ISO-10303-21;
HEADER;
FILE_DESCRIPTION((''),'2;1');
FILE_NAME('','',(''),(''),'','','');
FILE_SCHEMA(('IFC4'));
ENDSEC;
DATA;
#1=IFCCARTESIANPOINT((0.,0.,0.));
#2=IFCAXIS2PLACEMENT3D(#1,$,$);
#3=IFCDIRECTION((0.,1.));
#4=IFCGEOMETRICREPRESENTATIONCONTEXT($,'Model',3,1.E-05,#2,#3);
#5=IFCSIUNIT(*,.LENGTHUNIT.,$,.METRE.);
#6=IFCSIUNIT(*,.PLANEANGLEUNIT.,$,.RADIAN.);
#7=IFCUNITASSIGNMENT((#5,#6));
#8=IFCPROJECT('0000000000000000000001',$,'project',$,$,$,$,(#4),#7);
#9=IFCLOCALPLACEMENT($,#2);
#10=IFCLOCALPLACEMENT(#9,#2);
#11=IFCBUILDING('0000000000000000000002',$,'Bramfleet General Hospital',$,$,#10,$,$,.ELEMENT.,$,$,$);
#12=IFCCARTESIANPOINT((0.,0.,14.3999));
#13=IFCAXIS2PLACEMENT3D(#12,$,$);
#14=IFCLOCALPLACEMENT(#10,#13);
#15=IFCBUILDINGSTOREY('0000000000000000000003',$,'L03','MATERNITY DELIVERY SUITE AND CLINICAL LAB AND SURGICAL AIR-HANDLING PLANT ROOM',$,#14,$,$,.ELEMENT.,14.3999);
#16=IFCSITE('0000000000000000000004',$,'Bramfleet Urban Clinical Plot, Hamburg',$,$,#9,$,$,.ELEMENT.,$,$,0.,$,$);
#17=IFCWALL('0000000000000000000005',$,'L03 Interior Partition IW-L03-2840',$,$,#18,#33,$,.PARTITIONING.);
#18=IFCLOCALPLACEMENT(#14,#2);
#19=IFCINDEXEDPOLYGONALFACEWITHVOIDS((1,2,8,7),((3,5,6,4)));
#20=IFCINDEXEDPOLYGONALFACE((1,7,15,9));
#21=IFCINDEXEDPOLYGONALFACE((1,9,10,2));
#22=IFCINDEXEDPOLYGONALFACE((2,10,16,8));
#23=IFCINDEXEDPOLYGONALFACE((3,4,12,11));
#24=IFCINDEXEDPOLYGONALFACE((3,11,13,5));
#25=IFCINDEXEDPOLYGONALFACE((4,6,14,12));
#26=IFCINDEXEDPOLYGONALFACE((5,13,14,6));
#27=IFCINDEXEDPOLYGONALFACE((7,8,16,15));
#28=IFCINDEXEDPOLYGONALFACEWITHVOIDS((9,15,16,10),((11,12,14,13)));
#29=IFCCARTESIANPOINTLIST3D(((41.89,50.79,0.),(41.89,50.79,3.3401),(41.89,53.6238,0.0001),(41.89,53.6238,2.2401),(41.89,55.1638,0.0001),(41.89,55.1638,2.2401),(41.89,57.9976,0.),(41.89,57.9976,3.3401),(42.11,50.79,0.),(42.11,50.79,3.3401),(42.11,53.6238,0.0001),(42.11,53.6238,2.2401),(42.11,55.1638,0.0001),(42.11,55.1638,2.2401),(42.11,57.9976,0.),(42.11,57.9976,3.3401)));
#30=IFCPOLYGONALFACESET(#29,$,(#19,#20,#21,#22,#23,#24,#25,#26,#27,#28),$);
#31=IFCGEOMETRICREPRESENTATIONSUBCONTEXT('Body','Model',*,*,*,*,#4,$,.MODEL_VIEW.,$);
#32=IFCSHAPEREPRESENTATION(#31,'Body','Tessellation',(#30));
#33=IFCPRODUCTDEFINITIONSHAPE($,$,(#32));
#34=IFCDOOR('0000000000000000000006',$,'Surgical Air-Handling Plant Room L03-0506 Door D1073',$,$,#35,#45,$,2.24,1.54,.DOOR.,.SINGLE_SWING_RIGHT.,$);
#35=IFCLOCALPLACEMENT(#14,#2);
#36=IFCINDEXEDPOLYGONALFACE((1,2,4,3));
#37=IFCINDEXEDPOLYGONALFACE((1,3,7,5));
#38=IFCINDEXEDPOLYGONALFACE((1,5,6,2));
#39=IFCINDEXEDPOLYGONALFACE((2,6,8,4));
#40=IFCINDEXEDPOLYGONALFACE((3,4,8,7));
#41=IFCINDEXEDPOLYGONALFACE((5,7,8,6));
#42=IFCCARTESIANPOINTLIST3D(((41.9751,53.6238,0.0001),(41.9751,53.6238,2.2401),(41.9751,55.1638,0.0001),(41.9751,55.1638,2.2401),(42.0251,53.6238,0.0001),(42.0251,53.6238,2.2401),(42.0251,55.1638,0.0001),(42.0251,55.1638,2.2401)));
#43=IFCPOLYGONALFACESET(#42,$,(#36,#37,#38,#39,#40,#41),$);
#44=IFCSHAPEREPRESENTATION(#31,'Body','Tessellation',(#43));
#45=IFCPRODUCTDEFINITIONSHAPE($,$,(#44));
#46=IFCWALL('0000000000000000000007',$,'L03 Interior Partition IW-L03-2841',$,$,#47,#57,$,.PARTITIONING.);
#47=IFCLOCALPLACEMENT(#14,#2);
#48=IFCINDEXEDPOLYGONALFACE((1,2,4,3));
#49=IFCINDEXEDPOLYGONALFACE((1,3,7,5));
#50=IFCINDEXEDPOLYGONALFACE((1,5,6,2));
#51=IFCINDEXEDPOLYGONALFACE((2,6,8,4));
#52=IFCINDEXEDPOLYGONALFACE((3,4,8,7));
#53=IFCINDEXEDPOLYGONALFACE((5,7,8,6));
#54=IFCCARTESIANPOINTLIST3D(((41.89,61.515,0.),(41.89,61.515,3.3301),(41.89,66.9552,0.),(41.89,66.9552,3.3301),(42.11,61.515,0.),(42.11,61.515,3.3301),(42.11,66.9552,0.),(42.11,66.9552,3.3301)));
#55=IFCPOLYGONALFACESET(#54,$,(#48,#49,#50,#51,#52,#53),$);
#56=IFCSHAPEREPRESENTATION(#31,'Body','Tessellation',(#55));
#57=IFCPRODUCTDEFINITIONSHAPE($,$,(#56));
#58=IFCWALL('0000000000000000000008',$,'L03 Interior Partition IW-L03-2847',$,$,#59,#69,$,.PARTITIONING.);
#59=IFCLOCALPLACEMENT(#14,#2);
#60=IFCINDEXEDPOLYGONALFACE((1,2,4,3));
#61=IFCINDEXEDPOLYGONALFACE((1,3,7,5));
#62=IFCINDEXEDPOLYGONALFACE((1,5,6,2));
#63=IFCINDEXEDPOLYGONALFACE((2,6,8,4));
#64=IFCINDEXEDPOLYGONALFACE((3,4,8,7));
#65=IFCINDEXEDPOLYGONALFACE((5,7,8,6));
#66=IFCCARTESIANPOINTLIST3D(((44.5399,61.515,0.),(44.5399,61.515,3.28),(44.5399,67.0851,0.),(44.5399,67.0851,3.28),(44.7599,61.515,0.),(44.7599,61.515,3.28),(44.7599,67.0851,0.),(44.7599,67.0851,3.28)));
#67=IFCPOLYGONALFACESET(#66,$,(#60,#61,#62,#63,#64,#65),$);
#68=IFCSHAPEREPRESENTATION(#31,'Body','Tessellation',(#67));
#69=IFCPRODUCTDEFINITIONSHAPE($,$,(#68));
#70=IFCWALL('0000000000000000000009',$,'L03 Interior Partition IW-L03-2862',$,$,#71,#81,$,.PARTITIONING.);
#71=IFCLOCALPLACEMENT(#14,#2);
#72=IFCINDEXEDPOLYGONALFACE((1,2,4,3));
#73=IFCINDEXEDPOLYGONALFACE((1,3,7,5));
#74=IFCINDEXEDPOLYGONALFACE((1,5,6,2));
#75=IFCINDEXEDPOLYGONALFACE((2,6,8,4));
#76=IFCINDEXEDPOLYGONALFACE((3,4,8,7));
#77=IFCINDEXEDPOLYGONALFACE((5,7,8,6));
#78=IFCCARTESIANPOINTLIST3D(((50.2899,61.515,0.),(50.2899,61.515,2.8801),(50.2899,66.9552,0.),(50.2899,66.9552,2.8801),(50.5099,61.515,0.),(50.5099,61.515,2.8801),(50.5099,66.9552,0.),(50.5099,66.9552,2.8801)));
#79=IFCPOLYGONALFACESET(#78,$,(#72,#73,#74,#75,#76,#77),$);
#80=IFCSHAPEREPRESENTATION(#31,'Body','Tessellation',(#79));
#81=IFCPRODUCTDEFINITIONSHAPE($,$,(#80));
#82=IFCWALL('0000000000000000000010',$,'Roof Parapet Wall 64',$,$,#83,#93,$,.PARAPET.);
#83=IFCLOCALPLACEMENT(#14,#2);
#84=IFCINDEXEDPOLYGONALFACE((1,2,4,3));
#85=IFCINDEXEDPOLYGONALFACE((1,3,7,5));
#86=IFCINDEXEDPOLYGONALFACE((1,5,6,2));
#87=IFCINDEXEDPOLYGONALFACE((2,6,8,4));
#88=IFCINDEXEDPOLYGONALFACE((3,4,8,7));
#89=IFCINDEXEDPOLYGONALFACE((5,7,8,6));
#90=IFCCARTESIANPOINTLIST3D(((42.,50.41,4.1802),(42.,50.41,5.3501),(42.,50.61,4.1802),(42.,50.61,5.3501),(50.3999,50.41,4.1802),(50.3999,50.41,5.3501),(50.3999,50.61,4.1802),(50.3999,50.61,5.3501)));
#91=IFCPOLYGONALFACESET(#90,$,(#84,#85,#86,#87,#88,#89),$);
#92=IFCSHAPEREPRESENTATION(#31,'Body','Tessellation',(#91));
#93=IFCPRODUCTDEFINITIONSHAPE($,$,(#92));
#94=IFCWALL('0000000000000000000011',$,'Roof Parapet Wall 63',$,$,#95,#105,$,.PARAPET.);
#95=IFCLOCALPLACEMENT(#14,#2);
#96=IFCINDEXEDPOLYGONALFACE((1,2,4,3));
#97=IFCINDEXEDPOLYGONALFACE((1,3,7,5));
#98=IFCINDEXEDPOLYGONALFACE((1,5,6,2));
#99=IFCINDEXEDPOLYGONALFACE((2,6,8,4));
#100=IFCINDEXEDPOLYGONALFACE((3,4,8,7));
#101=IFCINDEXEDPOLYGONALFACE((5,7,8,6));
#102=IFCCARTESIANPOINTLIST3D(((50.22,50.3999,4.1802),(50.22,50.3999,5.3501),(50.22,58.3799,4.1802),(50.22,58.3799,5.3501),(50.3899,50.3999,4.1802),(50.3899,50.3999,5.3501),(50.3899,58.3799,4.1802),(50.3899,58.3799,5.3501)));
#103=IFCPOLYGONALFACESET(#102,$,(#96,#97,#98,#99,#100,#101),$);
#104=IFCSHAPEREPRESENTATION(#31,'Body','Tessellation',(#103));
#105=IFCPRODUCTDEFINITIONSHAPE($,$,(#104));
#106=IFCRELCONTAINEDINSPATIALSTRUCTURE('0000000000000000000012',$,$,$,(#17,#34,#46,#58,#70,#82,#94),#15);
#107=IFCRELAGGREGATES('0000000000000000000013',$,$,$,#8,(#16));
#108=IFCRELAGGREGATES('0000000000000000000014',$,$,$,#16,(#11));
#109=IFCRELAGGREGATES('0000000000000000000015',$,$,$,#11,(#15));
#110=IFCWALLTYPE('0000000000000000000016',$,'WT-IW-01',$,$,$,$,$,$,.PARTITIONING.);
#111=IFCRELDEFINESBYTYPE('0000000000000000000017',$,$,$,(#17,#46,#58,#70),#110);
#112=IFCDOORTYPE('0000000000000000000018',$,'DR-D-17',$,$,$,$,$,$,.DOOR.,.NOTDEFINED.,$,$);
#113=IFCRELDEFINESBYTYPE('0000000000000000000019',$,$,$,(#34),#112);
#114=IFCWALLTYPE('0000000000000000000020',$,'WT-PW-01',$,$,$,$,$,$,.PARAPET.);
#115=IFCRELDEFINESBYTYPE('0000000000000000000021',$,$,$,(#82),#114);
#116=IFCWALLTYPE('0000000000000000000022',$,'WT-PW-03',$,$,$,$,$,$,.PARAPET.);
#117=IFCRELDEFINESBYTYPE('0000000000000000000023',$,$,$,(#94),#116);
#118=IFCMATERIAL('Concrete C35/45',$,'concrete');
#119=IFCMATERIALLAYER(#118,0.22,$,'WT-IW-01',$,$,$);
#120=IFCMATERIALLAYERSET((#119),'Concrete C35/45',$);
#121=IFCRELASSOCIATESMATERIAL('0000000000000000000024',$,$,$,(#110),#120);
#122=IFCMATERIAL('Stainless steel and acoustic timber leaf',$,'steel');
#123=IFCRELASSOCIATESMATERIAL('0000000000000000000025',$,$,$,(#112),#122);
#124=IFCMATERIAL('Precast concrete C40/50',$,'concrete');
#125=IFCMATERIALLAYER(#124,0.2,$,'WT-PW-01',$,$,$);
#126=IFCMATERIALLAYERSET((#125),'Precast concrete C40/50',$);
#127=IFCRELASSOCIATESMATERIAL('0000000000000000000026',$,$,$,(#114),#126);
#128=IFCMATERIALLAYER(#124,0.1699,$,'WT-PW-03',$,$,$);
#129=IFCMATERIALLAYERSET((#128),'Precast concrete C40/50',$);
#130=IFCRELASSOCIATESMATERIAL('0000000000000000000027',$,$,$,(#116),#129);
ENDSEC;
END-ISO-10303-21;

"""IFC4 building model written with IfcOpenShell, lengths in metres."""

from ifc_helpers import new_model, si_unit, direction, frame, frame_2d, origin, place, context, subcontext, project, spatial, rectangle, extrude, material, layer, layer_set, type_object, element, fill, save


model = new_model("IFC4")

# Units and contexts
model_context = context("Model", 3, precision=1e-05, world=origin(), true_north=direction((0.0, 1.0)))
body_context = subcontext(model_context, "Body", "Model", "MODEL_VIEW")
ifc_project = project(units=[si_unit("LENGTHUNIT", "METRE"), si_unit("PLANEANGLEUNIT", "RADIAN")], contexts=[model_context])

# Site, building, storey
site_placement = place(None, origin())
site = spatial("IfcSite", under=ifc_project, at=site_placement, Name="Bramfleet Urban Clinical Plot, Hamburg", CompositionType="ELEMENT", RefElevation=0.0)
building_placement = place(site_placement, origin())
building = spatial("IfcBuilding", under=site, at=building_placement, Name="Bramfleet General Hospital", CompositionType="ELEMENT")
storey_placement = place(building_placement, frame((0.0, 0.0, 14.3999)))
storey = spatial("IfcBuildingStorey", under=building, at=storey_placement, Name="L03", Description="MATERNITY DELIVERY SUITE AND CLINICAL LAB AND SURGICAL AIR-HANDLING PLANT ROOM", CompositionType="ELEMENT", Elevation=14.3999)

# Shared definitions
ifc_material_1 = material(Name="Concrete C35/45", Category="concrete")

# Shared definitions
ifc_layer_1 = layer(ifc_material_1, 0.22, Name="WT-IW-01")
ifc_layer_set_1 = layer_set([ifc_layer_1], Name="Concrete C35/45")
wall_type_1 = type_object("IfcWallType", Name="WT-IW-01", PredefinedType="PARTITIONING", material=ifc_layer_set_1)

# Wall, opening, door
ifc_material_2 = material(Name="Stainless steel and acoustic timber leaf", Category="steel")
wall_1_placement = place(storey_placement, frame((42.0, 50.79, 0.0), z_axis=(0.0, 0.0, 1.0), x_axis=(0.0, 1.0, 0.0)))
wall_1 = element("IfcWall", 1, at=wall_1_placement, inside=storey, type_object=wall_type_1, Name="L03 Interior Partition IW-L03-2840", PredefinedType="PARTITIONING", context=body_context, shape_type="SweptSolid", body=[
    extrude(rectangle(XDim=7.2075, YDim=0.22, at=frame_2d((3.6038, 0.0))), origin(), (0.0, 0.0, 1.0), 3.3401),
])
opening_1_placement = place(wall_1_placement, frame((2.8337, 0.0, 0.0)))
opening_1 = element("IfcOpeningElement", 2, at=opening_1_placement, cuts=wall_1, PredefinedType="OPENING", context=body_context, shape_type="SweptSolid", body=[
    extrude(rectangle(XDim=1.54, YDim=2.24, at=frame_2d((0.77, 1.1201))), frame((0.0, 0.1199, 0.0), z_axis=(0.0, -1.0, 0.0), x_axis=(1.0, 0.0, 0.0)), (0.0, 0.0, 1.0), 0.24),
])
door_type_1 = type_object("IfcDoorType", Name="DR-D-17", OperationType="NOTDEFINED", PredefinedType="DOOR", material=ifc_material_2)
door_1_placement = place(opening_1_placement, origin())
door_1 = element("IfcDoor", 3, at=door_1_placement, inside=storey, type_object=door_type_1, Name="Surgical Air-Handling Plant Room L03-0506 Door D1073", OperationType="SINGLE_SWING_RIGHT", OverallHeight=2.24, OverallWidth=1.54, PredefinedType="DOOR", context=body_context, shape_type="SweptSolid", body=[
    extrude(rectangle(XDim=1.54, YDim=2.24, at=frame_2d((0.77, 1.1201))), frame((0.0, 0.0249, 0.0), z_axis=(0.0, -1.0, 0.0), x_axis=(1.0, 0.0, 0.0)), (0.0, 0.0, 1.0), 0.05),
])
fill(opening_1, door_1)

# Walls
wall_2_placement = place(storey_placement, frame((42.0, 61.5149, 0.0), z_axis=(0.0, 0.0, 1.0), x_axis=(0.0, 1.0, 0.0)))
element("IfcWall", 4, at=wall_2_placement, inside=storey, type_object=wall_type_1, Name="L03 Interior Partition IW-L03-2841", PredefinedType="PARTITIONING", context=body_context, shape_type="SweptSolid", body=[
    extrude(rectangle(XDim=5.4402, YDim=0.22, at=frame_2d((2.7202, 0.0))), origin(), (0.0, 0.0, 1.0), 3.3301),
])
wall_3_placement = place(storey_placement, frame((44.6499, 61.5149, 0.0), z_axis=(0.0, 0.0, 1.0), x_axis=(0.0, 1.0, 0.0)))
element("IfcWall", 5, at=wall_3_placement, inside=storey, type_object=wall_type_1, Name="L03 Interior Partition IW-L03-2847", PredefinedType="PARTITIONING", context=body_context, shape_type="SweptSolid", body=[
    extrude(rectangle(XDim=5.5701, YDim=0.22, at=frame_2d((2.7852, 0.0))), origin(), (0.0, 0.0, 1.0), 3.28),
])
wall_4_placement = place(storey_placement, frame((50.3999, 61.5149, 0.0), z_axis=(0.0, 0.0, 1.0), x_axis=(0.0, 1.0, 0.0)))
element("IfcWall", 6, at=wall_4_placement, inside=storey, type_object=wall_type_1, Name="L03 Interior Partition IW-L03-2862", PredefinedType="PARTITIONING", context=body_context, shape_type="SweptSolid", body=[
    extrude(rectangle(XDim=5.4402, YDim=0.22, at=frame_2d((2.7202, 0.0))), origin(), (0.0, 0.0, 1.0), 2.8801),
])
ifc_material_3 = material(Name="Precast concrete C40/50", Category="concrete")
ifc_layer_2 = layer(ifc_material_3, 0.2, Name="WT-PW-01")
ifc_layer_set_2 = layer_set([ifc_layer_2], Name="Precast concrete C40/50")
wall_type_2 = type_object("IfcWallType", Name="WT-PW-01", PredefinedType="PARAPET", material=ifc_layer_set_2)
wall_5_placement = place(storey_placement, frame((50.3999, 50.51, 4.1802), z_axis=(0.0, 0.0, 1.0), x_axis=(-1.0, 0.0, 0.0)))
element("IfcWall", 7, at=wall_5_placement, inside=storey, type_object=wall_type_2, Name="Roof Parapet Wall 64", PredefinedType="PARAPET", context=body_context, shape_type="SweptSolid", body=[
    extrude(rectangle(XDim=8.3999, YDim=0.2, at=frame_2d((4.2, 0.0))), origin(), (0.0, 0.0, 1.0), 1.1699),
])
ifc_layer_3 = layer(ifc_material_3, 0.1699, Name="WT-PW-03")
ifc_layer_set_3 = layer_set([ifc_layer_3], Name="Precast concrete C40/50")
wall_type_3 = type_object("IfcWallType", Name="WT-PW-03", PredefinedType="PARAPET", material=ifc_layer_set_3)
wall_6_placement = place(storey_placement, frame((50.3049, 58.3799, 4.1802), z_axis=(0.0, 0.0, 1.0), x_axis=(0.0, -1.0, 0.0)))
element("IfcWall", 8, at=wall_6_placement, inside=storey, type_object=wall_type_3, Name="Roof Parapet Wall 63", PredefinedType="PARAPET", context=body_context, shape_type="SweptSolid", body=[
    extrude(rectangle(XDim=7.98, YDim=0.1699, at=frame_2d((3.99, 0.0))), origin(), (0.0, 0.0, 1.0), 1.1699),
])

save(model, "model.ifc")
